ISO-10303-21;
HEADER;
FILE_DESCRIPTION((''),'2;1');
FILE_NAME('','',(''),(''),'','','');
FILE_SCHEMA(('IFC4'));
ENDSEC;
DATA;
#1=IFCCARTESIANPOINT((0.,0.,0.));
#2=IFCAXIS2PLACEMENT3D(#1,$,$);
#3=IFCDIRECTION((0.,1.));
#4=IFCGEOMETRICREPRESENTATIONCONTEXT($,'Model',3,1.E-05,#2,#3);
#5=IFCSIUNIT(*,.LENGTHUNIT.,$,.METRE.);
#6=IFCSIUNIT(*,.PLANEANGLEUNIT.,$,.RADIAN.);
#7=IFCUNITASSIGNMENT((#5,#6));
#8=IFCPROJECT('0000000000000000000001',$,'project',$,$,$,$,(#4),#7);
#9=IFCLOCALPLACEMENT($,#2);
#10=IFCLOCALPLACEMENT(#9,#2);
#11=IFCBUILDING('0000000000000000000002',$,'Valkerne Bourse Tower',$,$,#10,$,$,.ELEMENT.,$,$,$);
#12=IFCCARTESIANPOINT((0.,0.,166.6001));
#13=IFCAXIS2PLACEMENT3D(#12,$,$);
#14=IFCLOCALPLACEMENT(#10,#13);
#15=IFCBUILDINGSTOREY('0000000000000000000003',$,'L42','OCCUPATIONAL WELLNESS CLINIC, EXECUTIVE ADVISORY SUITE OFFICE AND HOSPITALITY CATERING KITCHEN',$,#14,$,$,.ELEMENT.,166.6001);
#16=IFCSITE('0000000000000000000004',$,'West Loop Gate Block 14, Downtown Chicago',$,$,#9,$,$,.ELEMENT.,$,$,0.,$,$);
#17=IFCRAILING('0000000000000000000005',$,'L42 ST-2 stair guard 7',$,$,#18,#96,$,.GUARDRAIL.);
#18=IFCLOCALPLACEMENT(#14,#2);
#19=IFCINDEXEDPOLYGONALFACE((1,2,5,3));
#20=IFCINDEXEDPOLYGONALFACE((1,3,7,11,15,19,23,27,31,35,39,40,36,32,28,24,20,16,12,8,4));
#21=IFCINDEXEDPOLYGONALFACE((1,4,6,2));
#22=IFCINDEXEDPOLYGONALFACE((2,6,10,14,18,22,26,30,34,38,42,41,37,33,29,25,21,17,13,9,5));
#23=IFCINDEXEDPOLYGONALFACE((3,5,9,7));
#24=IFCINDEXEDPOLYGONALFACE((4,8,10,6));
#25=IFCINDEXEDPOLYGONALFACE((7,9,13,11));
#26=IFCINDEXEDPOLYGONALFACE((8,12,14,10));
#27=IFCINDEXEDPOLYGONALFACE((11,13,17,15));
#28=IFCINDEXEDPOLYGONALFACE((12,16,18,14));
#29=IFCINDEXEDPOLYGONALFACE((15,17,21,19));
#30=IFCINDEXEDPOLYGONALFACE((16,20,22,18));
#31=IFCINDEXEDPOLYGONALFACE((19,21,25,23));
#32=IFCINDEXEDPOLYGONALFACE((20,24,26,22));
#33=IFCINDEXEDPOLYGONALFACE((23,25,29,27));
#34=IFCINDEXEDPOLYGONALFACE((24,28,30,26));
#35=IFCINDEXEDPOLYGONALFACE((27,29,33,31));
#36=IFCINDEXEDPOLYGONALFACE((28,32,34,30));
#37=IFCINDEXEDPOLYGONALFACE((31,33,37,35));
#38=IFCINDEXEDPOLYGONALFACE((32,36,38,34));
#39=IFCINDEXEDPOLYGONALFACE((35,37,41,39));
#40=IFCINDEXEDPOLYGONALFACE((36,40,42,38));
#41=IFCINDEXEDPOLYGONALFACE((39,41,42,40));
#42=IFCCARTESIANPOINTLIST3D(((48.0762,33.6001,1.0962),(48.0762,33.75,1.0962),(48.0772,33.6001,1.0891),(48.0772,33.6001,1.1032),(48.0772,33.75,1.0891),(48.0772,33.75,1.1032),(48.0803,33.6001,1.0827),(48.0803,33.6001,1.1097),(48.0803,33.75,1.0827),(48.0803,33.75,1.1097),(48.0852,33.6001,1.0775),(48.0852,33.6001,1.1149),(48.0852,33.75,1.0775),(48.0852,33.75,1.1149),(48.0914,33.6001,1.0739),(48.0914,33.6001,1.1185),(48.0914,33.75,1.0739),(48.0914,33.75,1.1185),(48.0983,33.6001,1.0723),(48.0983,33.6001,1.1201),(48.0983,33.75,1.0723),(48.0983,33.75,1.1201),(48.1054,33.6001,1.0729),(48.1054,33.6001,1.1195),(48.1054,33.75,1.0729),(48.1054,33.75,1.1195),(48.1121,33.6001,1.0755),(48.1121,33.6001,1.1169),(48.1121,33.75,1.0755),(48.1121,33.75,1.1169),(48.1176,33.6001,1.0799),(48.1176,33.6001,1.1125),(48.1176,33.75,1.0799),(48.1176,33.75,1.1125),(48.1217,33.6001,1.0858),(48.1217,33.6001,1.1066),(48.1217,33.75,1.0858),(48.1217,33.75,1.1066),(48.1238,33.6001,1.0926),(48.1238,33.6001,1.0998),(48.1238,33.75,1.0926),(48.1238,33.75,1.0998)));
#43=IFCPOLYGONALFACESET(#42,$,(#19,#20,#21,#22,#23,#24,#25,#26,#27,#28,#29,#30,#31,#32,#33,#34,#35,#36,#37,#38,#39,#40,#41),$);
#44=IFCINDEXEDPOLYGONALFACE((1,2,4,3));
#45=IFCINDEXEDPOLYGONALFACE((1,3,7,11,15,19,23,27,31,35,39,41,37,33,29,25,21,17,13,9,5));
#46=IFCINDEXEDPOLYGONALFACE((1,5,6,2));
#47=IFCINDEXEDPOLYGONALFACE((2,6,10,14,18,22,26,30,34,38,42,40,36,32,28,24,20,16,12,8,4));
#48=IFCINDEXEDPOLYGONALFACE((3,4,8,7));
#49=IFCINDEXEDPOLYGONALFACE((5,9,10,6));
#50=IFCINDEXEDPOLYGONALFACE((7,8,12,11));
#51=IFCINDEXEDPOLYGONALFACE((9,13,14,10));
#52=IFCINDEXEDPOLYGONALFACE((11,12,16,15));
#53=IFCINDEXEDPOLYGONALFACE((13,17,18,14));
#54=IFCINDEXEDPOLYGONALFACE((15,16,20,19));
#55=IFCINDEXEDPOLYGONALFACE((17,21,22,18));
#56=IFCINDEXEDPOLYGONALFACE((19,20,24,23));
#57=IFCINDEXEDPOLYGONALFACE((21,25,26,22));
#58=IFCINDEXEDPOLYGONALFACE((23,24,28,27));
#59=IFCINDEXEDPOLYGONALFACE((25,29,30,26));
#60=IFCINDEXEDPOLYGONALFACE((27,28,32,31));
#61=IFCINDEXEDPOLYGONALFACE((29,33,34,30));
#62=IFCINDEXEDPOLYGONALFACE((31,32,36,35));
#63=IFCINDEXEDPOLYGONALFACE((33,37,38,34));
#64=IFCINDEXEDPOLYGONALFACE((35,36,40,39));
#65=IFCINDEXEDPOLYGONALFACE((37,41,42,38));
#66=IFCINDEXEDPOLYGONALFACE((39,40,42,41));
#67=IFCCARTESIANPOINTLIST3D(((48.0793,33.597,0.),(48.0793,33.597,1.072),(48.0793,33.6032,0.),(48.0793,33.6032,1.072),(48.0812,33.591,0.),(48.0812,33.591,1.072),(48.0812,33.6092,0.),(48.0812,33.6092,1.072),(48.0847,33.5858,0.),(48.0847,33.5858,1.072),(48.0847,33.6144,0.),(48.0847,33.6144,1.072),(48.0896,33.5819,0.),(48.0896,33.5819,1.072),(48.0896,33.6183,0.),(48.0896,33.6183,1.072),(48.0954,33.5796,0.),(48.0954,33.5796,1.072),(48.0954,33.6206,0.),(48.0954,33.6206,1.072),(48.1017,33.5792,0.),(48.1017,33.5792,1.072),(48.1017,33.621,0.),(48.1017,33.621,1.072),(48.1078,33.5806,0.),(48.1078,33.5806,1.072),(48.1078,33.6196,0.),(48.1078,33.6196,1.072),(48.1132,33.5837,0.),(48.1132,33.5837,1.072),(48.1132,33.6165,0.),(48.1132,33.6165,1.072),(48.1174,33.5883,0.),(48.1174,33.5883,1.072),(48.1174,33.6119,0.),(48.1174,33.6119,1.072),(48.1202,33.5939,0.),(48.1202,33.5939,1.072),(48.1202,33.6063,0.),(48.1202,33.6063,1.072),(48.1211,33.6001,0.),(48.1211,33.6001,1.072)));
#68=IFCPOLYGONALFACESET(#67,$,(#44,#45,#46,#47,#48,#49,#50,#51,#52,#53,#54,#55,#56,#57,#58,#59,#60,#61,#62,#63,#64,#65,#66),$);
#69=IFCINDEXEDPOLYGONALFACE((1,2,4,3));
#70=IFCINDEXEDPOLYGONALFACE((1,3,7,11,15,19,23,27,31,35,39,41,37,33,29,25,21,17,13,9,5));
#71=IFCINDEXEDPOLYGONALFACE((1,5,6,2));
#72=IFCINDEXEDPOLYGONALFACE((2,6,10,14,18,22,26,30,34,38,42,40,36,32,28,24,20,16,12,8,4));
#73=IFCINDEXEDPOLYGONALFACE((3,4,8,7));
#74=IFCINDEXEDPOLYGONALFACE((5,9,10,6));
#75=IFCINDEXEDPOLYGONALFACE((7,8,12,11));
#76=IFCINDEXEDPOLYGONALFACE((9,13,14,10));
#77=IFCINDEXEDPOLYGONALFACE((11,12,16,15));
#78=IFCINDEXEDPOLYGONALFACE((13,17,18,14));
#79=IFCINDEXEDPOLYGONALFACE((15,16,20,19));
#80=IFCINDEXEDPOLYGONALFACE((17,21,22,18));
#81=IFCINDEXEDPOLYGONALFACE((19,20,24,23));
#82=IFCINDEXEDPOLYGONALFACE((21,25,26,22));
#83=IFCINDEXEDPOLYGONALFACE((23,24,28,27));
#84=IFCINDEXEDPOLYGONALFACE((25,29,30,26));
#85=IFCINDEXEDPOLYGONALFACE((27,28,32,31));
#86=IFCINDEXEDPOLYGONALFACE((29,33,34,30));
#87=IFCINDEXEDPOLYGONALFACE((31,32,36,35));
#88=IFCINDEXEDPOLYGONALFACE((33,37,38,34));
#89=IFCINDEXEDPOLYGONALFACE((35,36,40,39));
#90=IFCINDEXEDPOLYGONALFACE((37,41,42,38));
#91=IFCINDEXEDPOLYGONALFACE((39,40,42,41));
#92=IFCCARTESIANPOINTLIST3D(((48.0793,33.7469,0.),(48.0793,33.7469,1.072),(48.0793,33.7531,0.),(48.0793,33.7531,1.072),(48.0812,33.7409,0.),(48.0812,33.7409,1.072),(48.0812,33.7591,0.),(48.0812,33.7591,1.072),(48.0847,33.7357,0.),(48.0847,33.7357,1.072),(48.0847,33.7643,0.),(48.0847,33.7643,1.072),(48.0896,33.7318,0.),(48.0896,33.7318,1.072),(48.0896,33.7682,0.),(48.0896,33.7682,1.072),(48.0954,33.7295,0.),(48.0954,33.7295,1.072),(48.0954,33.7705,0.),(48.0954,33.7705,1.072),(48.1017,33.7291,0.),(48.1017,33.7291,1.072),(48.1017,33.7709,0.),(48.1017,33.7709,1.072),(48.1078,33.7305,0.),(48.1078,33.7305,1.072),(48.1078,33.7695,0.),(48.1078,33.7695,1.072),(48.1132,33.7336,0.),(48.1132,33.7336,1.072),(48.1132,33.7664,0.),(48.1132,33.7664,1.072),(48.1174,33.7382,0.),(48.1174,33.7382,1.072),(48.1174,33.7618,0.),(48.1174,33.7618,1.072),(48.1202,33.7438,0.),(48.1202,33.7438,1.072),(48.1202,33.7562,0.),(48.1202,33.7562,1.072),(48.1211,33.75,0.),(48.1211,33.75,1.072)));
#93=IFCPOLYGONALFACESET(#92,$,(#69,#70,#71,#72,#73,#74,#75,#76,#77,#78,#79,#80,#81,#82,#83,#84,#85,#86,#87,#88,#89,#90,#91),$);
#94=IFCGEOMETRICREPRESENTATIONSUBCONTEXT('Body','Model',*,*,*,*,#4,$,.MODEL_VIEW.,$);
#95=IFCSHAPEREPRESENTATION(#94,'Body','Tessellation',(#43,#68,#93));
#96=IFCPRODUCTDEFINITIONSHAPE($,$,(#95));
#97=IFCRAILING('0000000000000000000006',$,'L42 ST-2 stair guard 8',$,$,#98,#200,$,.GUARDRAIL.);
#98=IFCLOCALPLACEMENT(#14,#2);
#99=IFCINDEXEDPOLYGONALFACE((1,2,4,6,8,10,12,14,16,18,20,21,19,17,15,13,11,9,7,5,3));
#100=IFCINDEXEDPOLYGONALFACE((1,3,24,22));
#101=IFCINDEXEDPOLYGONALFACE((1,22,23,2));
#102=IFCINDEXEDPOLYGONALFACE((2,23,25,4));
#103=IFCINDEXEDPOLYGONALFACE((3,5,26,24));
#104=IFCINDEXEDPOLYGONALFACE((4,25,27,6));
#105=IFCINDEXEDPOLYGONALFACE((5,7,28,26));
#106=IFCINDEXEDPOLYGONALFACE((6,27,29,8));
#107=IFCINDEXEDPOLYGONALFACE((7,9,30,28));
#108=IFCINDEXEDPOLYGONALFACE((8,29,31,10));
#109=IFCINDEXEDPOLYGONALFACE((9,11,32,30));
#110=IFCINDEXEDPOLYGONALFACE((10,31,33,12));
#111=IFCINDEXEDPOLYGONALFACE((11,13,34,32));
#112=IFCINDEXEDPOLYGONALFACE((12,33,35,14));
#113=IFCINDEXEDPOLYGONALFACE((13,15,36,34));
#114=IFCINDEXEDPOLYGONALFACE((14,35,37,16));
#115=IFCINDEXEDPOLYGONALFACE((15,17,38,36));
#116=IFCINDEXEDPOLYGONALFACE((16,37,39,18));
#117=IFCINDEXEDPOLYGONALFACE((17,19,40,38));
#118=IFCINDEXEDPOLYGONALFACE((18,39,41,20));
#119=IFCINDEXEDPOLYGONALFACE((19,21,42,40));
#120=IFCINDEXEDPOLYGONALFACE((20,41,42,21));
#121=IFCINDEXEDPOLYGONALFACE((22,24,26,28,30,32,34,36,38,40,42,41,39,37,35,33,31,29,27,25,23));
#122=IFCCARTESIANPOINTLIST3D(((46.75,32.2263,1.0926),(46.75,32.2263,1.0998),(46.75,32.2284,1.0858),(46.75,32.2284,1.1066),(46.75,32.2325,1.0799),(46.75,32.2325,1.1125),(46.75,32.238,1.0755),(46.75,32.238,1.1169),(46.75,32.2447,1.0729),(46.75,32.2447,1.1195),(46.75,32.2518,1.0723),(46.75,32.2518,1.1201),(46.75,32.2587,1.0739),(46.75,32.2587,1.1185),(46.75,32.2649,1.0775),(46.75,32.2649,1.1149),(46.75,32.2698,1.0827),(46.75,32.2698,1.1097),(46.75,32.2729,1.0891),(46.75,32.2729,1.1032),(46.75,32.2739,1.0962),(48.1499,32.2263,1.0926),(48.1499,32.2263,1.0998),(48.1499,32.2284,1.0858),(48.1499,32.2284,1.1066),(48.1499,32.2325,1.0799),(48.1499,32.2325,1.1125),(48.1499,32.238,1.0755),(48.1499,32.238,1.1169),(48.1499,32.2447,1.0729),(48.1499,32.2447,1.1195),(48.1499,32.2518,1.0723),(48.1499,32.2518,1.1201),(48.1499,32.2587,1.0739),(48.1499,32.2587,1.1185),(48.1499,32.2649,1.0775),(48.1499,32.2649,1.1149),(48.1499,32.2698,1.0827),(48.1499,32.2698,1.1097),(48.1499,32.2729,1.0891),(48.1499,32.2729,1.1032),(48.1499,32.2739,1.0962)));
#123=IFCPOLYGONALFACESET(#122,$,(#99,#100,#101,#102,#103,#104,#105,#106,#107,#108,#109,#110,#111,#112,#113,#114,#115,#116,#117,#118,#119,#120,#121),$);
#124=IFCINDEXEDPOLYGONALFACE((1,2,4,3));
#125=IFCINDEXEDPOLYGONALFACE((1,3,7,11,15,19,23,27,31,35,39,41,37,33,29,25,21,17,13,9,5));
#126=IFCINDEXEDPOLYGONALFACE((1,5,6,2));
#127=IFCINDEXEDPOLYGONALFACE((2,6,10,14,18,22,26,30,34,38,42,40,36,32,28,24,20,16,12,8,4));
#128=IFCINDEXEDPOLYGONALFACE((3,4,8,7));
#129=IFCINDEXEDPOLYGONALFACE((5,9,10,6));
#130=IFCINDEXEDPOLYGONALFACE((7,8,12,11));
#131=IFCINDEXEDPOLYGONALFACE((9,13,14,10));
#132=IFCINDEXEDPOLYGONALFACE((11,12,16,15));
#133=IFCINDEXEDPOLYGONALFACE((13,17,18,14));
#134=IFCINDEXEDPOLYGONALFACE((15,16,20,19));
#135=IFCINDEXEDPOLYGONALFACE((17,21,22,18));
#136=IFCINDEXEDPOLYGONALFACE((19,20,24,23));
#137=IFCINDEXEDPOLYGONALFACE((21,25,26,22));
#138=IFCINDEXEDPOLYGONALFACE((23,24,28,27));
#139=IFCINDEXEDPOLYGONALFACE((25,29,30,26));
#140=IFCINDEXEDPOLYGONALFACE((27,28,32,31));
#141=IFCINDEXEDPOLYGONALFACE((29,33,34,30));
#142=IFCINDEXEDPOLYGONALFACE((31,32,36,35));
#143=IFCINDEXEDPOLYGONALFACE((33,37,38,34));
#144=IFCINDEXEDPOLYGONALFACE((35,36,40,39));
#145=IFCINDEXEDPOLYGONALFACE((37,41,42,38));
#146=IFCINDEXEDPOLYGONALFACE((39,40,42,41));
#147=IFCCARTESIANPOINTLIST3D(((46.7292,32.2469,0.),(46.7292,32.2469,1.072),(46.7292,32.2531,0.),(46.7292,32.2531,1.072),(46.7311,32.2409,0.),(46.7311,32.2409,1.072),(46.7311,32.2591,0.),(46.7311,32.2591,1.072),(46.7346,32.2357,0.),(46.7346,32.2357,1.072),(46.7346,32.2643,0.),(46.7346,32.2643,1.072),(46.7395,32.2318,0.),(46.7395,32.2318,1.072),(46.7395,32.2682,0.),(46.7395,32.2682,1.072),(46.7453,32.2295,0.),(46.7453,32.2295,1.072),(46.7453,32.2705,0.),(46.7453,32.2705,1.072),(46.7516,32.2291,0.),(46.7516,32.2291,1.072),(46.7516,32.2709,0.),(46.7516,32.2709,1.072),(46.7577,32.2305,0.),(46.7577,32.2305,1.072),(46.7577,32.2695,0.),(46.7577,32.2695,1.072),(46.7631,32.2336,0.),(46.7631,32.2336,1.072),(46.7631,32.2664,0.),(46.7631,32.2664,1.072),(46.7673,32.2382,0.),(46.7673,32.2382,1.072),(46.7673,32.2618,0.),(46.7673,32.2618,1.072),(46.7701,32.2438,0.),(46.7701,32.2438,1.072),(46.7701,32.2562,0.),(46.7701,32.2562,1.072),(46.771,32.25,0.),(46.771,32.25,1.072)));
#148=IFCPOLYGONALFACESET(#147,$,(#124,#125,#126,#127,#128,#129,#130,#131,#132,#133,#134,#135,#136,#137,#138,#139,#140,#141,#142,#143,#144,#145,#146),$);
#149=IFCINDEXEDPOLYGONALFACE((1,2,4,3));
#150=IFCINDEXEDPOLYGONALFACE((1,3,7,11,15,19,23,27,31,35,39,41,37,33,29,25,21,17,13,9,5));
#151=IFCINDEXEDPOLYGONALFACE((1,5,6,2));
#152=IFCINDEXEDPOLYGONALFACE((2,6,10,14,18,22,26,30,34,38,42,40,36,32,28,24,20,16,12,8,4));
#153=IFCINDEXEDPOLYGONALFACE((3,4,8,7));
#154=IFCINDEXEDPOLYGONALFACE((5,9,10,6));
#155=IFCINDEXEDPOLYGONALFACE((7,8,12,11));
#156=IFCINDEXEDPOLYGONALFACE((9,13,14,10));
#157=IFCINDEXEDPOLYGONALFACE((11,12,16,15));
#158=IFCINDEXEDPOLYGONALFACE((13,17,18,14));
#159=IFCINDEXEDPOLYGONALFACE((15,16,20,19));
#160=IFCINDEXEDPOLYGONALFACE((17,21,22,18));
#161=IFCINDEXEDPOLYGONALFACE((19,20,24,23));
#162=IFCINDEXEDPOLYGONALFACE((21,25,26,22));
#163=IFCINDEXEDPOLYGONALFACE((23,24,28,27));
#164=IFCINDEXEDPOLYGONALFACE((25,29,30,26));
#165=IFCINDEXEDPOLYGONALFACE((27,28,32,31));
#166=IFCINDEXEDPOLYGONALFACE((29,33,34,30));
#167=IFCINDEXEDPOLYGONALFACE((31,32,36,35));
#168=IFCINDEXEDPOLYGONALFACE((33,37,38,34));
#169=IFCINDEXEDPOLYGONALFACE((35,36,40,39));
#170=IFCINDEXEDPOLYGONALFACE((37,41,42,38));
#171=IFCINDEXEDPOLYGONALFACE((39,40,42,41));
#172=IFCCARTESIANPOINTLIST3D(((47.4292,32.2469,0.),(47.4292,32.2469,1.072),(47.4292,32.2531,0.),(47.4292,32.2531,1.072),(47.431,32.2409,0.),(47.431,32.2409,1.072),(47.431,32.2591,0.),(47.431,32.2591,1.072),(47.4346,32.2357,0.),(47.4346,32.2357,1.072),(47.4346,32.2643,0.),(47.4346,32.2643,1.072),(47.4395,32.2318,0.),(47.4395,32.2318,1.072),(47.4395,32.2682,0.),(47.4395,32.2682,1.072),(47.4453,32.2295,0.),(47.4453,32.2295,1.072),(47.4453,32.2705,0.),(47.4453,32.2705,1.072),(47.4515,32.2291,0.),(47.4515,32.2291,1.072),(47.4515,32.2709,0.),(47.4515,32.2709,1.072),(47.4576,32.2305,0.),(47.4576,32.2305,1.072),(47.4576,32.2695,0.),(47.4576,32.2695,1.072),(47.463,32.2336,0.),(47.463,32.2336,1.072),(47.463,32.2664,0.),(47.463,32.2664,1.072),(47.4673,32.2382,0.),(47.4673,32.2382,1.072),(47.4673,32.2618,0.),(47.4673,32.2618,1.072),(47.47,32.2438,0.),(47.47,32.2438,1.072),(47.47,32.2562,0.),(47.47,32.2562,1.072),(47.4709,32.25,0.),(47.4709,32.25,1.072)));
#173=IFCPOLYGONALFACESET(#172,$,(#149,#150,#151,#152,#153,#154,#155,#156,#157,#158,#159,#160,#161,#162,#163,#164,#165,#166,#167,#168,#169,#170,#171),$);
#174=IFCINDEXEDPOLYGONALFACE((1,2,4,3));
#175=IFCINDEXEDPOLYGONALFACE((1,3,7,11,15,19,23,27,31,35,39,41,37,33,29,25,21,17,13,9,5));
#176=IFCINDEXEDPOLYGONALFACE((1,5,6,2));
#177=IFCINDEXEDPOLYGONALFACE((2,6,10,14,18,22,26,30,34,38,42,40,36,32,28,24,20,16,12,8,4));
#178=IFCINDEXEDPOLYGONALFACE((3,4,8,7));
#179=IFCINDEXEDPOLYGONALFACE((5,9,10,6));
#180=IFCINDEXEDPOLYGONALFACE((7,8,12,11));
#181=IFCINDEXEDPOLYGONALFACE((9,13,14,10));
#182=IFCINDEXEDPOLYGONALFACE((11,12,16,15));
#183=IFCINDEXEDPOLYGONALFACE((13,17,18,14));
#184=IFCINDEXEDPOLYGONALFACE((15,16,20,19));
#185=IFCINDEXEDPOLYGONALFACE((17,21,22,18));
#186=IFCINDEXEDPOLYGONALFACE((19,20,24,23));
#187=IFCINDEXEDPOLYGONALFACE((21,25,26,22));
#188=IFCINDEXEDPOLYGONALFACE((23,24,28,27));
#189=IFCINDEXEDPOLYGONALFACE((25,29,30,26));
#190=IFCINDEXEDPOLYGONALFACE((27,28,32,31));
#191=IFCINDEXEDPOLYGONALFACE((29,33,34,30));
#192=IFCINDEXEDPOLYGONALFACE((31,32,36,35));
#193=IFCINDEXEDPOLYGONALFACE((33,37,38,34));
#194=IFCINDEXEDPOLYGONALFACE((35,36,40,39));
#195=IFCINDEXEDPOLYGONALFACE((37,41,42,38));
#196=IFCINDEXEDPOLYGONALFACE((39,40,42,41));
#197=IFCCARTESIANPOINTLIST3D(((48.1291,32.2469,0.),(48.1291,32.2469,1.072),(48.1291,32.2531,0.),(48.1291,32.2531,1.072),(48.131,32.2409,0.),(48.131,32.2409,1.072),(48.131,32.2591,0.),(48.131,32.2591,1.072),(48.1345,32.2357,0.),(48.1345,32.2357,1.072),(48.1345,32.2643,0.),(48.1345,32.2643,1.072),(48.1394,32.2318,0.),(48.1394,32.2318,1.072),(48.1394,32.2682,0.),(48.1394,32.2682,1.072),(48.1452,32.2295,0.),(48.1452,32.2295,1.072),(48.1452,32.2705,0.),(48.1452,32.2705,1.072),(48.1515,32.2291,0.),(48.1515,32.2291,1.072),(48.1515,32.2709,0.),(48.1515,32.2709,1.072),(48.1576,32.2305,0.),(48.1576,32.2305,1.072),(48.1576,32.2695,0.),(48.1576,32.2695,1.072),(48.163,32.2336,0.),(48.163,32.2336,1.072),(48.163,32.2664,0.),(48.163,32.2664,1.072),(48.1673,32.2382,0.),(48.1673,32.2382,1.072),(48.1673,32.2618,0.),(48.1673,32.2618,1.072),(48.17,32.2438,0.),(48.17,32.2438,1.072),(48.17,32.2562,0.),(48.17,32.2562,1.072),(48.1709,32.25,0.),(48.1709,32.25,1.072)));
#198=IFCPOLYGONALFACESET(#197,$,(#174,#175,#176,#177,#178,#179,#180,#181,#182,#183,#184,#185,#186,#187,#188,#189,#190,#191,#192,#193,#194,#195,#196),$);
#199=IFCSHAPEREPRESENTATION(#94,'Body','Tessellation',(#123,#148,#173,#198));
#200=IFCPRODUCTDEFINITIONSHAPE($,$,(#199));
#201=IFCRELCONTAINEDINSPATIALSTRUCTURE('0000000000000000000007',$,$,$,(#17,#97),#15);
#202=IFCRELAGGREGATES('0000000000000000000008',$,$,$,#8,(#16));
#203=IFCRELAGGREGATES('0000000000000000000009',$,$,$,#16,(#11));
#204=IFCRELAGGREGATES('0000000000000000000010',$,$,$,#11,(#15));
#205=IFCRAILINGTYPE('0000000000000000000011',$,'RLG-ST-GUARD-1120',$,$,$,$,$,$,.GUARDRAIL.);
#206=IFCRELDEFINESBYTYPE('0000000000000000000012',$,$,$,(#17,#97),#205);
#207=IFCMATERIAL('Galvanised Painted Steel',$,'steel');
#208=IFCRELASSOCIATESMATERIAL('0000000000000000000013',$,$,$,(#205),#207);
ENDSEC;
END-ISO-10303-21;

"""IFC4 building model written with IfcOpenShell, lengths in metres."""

from ifc_helpers import new_model, si_unit, direction, frame, origin, origin_2d, place, context, subcontext, project, spatial, circle, extrude, material, type_object, element, save


model = new_model("IFC4")

# Units and contexts
model_context = context("Model", 3, precision=1e-05, world=origin(), true_north=direction((0.0, 1.0)))
body_context = subcontext(model_context, "Body", "Model", "MODEL_VIEW")
ifc_project = project(units=[si_unit("LENGTHUNIT", "METRE"), si_unit("PLANEANGLEUNIT", "RADIAN")], contexts=[model_context])

# Site, building, storey
site_placement = place(None, origin())
site = spatial("IfcSite", under=ifc_project, at=site_placement, Name="West Loop Gate Block 14, Downtown Chicago", CompositionType="ELEMENT", RefElevation=0.0)
building_placement = place(site_placement, origin())
building = spatial("IfcBuilding", under=site, at=building_placement, Name="Valkerne Bourse Tower", CompositionType="ELEMENT")
storey_placement = place(building_placement, frame((0.0, 0.0, 166.6001)))
storey = spatial("IfcBuildingStorey", under=building, at=storey_placement, Name="L42", Description="OCCUPATIONAL WELLNESS CLINIC, EXECUTIVE ADVISORY SUITE OFFICE AND HOSPITALITY CATERING KITCHEN", CompositionType="ELEMENT", Elevation=166.6001)

# Shared definitions
ifc_material_1 = material(Name="Galvanised Painted Steel", Category="steel")

# Railings
railing_type_1 = type_object("IfcRailingType", Name="RLG-ST-GUARD-1120", PredefinedType="GUARDRAIL", material=ifc_material_1)
railing_1_placement = place(storey_placement, frame((48.1001, 33.6001, 0.0)))
element("IfcRailing", 1, at=railing_1_placement, inside=storey, type_object=railing_type_1, Name="L42 ST-2 stair guard 7", PredefinedType="GUARDRAIL", context=body_context, shape_type="SweptSolid", body=[
    extrude(circle(Radius=0.0239, at=origin_2d()), frame((0.0, 0.0, 1.0962), z_axis=(0.0, 1.0, 0.0), x_axis=(-1.0, 0.0, 0.0)), (0.0, 0.0, 1.0), 0.1499),
    extrude(circle(Radius=0.021, at=origin_2d()), origin(), (0.0, 0.0, 1.0), 1.072),
    extrude(circle(Radius=0.021, at=origin_2d()), frame((0.0, 0.1499, 0.0)), (0.0, 0.0, 1.0), 1.072),
])
for number, where, name in (
    (2, (46.75, 32.25, 0.0), "L42 ST-2 stair guard 8"),
):
    element("IfcRailing", number, at=place(storey_placement, frame(where)), inside=storey, type_object=railing_type_1, Name=name, PredefinedType="GUARDRAIL", context=body_context, shape_type="SweptSolid", body=[
        extrude(circle(Radius=0.0239, at=origin_2d()), frame((0.0, 0.0, 1.0962), z_axis=(1.0, 0.0, 0.0), x_axis=(0.0, 1.0, 0.0)), (0.0, 0.0, 1.0), 1.3999),
        extrude(circle(Radius=0.021, at=origin_2d()), origin(), (0.0, 0.0, 1.0), 1.072),
        extrude(circle(Radius=0.021, at=origin_2d()), frame((0.7, 0.0, 0.0)), (0.0, 0.0, 1.0), 1.072),
        extrude(circle(Radius=0.021, at=origin_2d()), frame((1.3999, 0.0, 0.0)), (0.0, 0.0, 1.0), 1.072),
    ])

save(model, "model.ifc")
